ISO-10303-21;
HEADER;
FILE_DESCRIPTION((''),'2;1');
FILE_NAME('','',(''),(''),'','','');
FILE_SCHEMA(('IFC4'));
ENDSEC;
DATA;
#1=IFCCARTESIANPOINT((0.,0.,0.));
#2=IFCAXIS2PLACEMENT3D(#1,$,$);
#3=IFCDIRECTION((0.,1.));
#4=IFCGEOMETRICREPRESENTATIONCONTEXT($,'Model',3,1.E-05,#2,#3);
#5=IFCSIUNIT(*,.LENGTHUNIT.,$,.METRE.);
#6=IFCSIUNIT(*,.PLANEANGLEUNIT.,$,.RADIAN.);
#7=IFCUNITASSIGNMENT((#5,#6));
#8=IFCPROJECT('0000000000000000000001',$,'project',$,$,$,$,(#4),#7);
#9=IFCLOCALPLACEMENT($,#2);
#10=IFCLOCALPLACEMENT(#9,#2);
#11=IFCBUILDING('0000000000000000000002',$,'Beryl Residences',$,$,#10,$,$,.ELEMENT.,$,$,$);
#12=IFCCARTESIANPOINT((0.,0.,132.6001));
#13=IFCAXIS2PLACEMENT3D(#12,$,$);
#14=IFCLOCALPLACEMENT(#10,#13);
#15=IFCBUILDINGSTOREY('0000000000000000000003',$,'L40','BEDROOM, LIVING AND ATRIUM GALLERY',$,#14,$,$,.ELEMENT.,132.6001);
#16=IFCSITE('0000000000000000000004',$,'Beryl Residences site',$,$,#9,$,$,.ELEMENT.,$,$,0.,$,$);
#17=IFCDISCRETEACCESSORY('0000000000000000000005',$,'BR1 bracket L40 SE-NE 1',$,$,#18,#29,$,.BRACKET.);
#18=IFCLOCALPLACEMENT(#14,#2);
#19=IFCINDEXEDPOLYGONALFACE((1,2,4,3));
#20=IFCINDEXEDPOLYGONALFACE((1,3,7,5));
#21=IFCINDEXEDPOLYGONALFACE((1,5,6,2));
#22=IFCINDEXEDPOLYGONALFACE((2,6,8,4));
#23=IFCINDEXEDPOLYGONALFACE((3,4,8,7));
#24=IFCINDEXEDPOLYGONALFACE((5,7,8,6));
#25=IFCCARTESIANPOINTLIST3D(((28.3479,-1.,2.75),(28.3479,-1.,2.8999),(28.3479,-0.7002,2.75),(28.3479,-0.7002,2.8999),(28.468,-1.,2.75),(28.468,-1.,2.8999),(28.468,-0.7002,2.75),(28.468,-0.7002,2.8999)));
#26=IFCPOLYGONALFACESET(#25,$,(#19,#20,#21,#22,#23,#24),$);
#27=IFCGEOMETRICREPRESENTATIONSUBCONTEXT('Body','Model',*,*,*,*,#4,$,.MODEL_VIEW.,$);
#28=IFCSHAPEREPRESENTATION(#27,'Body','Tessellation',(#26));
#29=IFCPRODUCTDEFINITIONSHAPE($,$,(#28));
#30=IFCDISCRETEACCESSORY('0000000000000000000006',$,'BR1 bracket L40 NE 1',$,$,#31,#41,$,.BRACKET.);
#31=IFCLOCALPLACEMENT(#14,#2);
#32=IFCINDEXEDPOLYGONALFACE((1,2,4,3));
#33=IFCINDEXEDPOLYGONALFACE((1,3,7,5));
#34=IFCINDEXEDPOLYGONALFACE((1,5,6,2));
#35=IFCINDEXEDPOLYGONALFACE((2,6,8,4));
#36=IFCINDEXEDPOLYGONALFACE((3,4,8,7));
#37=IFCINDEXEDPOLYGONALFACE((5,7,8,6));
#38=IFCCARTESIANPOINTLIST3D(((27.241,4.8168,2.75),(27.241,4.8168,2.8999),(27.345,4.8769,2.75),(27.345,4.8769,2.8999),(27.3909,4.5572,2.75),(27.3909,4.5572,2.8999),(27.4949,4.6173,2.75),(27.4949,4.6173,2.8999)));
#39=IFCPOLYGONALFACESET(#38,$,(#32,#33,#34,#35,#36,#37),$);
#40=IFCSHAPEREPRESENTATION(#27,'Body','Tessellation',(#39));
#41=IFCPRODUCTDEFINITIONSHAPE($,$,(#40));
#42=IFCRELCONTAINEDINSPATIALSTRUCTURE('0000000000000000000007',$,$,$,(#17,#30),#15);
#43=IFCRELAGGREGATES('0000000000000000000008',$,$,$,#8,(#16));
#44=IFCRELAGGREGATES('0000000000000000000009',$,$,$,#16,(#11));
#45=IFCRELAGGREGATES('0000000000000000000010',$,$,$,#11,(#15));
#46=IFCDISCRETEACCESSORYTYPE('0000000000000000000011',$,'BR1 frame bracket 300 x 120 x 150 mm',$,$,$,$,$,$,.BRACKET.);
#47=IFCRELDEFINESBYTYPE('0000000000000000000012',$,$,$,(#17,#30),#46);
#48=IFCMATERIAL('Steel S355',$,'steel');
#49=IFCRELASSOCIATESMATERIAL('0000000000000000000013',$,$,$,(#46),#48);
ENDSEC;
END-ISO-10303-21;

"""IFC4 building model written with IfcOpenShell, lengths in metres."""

from ifc_helpers import new_model, si_unit, direction, frame, origin, place, context, subcontext, project, spatial, polyline, outline, extrude, source, transform, mapped, material, type_object, type_shapes, element, save


model = new_model("IFC4")

# Units and contexts
model_context = context("Model", 3, precision=1e-05, world=origin(), true_north=direction((0.0, 1.0)))
body_context = subcontext(model_context, "Body", "Model", "MODEL_VIEW")
ifc_project = project(units=[si_unit("LENGTHUNIT", "METRE"), si_unit("PLANEANGLEUNIT", "RADIAN")], contexts=[model_context])

# Site, building, storey
site_placement = place(None, origin())
site = spatial("IfcSite", under=ifc_project, at=site_placement, Name="Beryl Residences site", CompositionType="ELEMENT", RefElevation=0.0)
building_placement = place(site_placement, origin())
building = spatial("IfcBuilding", under=site, at=building_placement, Name="Beryl Residences", CompositionType="ELEMENT")
storey_placement = place(building_placement, frame((0.0, 0.0, 132.6001)))
storey = spatial("IfcBuildingStorey", under=building, at=storey_placement, Name="L40", Description="BEDROOM, LIVING AND ATRIUM GALLERY", CompositionType="ELEMENT", Elevation=132.6001)

# Discrete accessories
ifc_material_1 = material(Name="Steel S355", Category="steel")
discrete_accessory_type = type_object("IfcDiscreteAccessoryType", Name="BR1 frame bracket 300 x 120 x 150 mm", PredefinedType="BRACKET", material=ifc_material_1)
shared_shape_1 = source(origin(), body_context, "Body", "SweptSolid", [
    extrude(outline(polyline([(-0.1499, 0.0), (0.1499, 0.0), (0.1499, 0.1201), (-0.1499, 0.1201), (-0.1499, 0.0)])), origin(), (0.0, 0.0, 1.0), 0.1499),
])
type_shapes(discrete_accessory_type, [shared_shape_1])
for number, where, z_axis, x_axis, name in (
    (1, (28.3479, -0.8501, 2.75), (0.0, 0.0, 1.0), (0.0, -1.0, 0.0), "BR1 bracket L40 SE-NE 1"),
    (2, (27.3159, 4.687, 2.75), (0.0, 0.0, 1.0), (0.5, -0.866025, 0.0), "BR1 bracket L40 NE 1"),
):
    element("IfcDiscreteAccessory", number, at=place(storey_placement, frame(where, z_axis=z_axis, x_axis=x_axis)), inside=storey, type_object=discrete_accessory_type, Name=name, PredefinedType="BRACKET", context=body_context, shape_type="MappedRepresentation", body=[
        mapped(shared_shape_1, transform((0.0, 0.0, 0.0))),
    ])

save(model, "model.ifc")
